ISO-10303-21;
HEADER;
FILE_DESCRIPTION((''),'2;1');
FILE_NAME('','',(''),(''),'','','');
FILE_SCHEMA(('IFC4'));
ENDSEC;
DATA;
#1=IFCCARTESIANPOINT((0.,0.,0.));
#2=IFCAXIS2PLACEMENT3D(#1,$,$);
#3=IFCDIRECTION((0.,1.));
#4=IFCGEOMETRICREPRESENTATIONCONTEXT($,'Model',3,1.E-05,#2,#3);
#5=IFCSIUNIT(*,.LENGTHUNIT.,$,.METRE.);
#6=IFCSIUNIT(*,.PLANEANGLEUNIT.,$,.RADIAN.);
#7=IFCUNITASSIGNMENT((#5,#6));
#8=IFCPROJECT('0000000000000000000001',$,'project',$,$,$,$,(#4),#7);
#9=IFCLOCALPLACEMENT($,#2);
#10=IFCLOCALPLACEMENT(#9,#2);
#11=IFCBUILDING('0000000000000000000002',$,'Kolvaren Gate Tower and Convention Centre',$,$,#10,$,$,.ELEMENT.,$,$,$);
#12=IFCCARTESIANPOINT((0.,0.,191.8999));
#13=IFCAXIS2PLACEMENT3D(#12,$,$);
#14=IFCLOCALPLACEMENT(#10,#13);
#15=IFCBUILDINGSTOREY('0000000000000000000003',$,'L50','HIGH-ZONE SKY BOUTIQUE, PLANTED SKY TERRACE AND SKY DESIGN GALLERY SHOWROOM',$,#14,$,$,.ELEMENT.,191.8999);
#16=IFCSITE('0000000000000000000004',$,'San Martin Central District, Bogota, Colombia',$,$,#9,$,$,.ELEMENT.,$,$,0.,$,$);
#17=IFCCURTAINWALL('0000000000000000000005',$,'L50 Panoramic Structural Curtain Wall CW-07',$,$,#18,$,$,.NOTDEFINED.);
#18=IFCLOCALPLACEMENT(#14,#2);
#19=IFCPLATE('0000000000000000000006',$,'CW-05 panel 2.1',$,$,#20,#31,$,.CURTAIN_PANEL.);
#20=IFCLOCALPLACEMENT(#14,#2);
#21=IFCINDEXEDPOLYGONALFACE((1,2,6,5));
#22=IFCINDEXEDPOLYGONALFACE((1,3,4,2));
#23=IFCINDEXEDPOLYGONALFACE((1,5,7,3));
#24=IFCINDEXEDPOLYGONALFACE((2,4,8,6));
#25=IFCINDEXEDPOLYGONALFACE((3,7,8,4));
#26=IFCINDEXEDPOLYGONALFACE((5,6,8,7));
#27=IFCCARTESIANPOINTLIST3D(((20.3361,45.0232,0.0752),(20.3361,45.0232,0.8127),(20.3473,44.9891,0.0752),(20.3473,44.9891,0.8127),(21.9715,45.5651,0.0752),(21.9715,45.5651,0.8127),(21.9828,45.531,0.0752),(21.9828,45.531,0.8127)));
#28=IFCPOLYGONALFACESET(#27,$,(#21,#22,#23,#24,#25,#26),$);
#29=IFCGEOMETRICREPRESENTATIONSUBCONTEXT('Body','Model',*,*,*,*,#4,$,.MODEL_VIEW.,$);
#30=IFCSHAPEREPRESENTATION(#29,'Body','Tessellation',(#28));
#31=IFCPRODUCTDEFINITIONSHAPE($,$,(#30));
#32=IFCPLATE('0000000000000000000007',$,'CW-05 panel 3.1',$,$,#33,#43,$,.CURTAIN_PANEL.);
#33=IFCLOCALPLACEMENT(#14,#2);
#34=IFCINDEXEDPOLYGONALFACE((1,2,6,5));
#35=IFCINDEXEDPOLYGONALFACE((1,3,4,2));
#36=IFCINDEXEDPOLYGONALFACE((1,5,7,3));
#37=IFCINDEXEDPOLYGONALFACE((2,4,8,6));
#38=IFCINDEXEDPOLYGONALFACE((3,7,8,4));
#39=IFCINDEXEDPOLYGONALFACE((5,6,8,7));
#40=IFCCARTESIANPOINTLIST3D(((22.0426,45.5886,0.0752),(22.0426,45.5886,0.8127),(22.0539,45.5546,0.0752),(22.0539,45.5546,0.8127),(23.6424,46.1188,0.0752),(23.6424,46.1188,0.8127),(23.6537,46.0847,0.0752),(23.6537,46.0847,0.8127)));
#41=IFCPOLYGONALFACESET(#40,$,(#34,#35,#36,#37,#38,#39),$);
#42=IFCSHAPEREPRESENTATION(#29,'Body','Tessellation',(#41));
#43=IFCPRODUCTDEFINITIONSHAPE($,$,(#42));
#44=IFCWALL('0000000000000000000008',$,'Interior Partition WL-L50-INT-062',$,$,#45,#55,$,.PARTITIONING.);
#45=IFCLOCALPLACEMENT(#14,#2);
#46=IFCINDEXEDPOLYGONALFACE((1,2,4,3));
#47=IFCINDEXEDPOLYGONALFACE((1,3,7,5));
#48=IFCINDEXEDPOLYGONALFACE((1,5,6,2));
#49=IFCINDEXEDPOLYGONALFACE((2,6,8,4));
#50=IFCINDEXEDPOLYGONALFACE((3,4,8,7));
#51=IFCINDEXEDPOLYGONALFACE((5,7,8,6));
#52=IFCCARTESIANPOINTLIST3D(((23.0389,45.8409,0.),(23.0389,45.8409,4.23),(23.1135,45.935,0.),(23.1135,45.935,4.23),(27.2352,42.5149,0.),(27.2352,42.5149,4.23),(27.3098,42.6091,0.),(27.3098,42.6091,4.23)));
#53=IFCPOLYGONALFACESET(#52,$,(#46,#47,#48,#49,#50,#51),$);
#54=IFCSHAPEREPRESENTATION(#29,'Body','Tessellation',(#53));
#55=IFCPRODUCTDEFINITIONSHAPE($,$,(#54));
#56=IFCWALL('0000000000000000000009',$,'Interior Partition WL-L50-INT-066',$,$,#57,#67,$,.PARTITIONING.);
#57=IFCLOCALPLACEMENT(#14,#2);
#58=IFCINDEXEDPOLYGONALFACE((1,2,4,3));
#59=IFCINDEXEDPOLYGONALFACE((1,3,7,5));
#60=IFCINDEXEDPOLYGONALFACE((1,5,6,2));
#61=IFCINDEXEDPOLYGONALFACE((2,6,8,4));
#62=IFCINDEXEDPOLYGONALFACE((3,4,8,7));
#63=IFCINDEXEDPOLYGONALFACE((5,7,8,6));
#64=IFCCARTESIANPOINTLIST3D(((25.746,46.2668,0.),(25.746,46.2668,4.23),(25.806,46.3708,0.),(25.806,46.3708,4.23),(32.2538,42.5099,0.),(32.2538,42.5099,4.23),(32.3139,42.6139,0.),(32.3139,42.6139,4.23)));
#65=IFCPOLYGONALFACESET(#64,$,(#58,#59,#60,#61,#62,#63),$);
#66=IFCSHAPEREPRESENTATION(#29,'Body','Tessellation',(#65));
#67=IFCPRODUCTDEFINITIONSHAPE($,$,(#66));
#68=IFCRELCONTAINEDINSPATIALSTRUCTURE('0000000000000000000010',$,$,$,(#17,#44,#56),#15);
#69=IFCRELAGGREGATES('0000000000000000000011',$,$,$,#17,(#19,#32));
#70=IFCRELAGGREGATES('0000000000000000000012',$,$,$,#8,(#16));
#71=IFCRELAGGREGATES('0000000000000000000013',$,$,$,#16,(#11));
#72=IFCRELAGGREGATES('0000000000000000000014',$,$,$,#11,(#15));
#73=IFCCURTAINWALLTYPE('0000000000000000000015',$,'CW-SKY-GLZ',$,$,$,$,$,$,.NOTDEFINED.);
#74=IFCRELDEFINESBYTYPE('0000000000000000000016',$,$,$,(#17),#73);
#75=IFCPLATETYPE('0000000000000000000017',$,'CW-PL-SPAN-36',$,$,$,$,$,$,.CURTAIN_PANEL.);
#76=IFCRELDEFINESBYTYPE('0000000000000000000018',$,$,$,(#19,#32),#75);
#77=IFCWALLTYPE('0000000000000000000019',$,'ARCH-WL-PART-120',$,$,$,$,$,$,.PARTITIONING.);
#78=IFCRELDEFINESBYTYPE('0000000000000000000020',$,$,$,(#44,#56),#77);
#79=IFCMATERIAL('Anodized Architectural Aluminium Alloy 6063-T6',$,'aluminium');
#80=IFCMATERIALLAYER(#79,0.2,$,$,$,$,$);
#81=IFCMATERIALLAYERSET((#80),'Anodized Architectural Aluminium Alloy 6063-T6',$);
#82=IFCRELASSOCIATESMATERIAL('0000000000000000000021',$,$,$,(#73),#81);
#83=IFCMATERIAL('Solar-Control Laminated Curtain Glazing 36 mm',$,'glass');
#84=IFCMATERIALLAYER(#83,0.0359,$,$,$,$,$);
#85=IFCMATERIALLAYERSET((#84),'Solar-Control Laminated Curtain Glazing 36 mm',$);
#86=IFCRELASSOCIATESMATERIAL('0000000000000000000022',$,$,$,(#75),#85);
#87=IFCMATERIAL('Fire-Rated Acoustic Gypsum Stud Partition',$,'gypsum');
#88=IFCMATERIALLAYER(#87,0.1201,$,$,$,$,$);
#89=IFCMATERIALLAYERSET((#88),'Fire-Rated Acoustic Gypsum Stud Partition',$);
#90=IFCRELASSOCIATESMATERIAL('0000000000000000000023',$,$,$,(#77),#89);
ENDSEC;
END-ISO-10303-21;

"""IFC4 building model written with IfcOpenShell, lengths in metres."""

from ifc_helpers import new_model, si_unit, direction, frame, frame_2d, origin, origin_2d, place, context, subcontext, project, spatial, rectangle, extrude, material, layer, layer_set, type_object, element, aggregate, save


model = new_model("IFC4")

# Units and contexts
model_context = context("Model", 3, precision=1e-05, world=origin(), true_north=direction((0.0, 1.0)))
body_context = subcontext(model_context, "Body", "Model", "MODEL_VIEW")
ifc_project = project(units=[si_unit("LENGTHUNIT", "METRE"), si_unit("PLANEANGLEUNIT", "RADIAN")], contexts=[model_context])

# Site, building, storey
site_placement = place(None, origin())
site = spatial("IfcSite", under=ifc_project, at=site_placement, Name="San Martin Central District, Bogota, Colombia", CompositionType="ELEMENT", RefElevation=0.0)
building_placement = place(site_placement, origin())
building = spatial("IfcBuilding", under=site, at=building_placement, Name="Kolvaren Gate Tower and Convention Centre", CompositionType="ELEMENT")
storey_placement = place(building_placement, frame((0.0, 0.0, 191.8999)))
storey = spatial("IfcBuildingStorey", under=building, at=storey_placement, Name="L50", Description="HIGH-ZONE SKY BOUTIQUE, PLANTED SKY TERRACE AND SKY DESIGN GALLERY SHOWROOM", CompositionType="ELEMENT", Elevation=191.8999)

# Curtain wall
ifc_material_1 = material(Name="Anodized Architectural Aluminium Alloy 6063-T6", Category="aluminium")
ifc_layer_1 = layer(ifc_material_1, 0.2)
ifc_layer_set_1 = layer_set([ifc_layer_1], Name="Anodized Architectural Aluminium Alloy 6063-T6")
curtain_wall_type = type_object("IfcCurtainWallType", Name="CW-SKY-GLZ", PredefinedType="NOTDEFINED", material=ifc_layer_set_1)
curtain_wall_1_placement = place(storey_placement, origin())
curtain_wall_1 = element("IfcCurtainWall", 1, at=curtain_wall_1_placement, inside=storey, type_object=curtain_wall_type, Name="L50 Panoramic Structural Curtain Wall CW-07", PredefinedType="NOTDEFINED")

# Plates
ifc_material_2 = material(Name="Solar-Control Laminated Curtain Glazing 36 mm", Category="glass")
ifc_layer_2 = layer(ifc_material_2, 0.0359)
ifc_layer_set_2 = layer_set([ifc_layer_2], Name="Solar-Control Laminated Curtain Glazing 36 mm")
plate_type_1 = type_object("IfcPlateType", Name="CW-PL-SPAN-36", PredefinedType="CURTAIN_PANEL", material=ifc_layer_set_2)
plate_1_placement = place(storey_placement, frame((21.1594, 45.2771, 0.0752), z_axis=(0.0, 0.0, 1.0), x_axis=(0.94924, 0.314553, 0.0)))
plate_1 = element("IfcPlate", 2, at=plate_1_placement, type_object=plate_type_1, Name="CW-05 panel 2.1", PredefinedType="CURTAIN_PANEL", context=body_context, shape_type="SweptSolid", body=[
    extrude(rectangle(XDim=1.7229, YDim=0.0359, at=origin_2d()), origin(), (0.0, 0.0, 1.0), 0.7375),
])
plate_2_placement = place(storey_placement, frame((22.8481, 45.8367, 0.0752), z_axis=(0.0, 0.0, 1.0), x_axis=(0.94924, 0.314553, 0.0)))
plate_2 = element("IfcPlate", 3, at=plate_2_placement, type_object=plate_type_1, Name="CW-05 panel 3.1", PredefinedType="CURTAIN_PANEL", context=body_context, shape_type="SweptSolid", body=[
    extrude(rectangle(XDim=1.6853, YDim=0.0359, at=origin_2d()), origin(), (0.0, 0.0, 1.0), 0.7375),
])
aggregate(curtain_wall_1, [plate_1, plate_2])

# Walls
ifc_material_3 = material(Name="Fire-Rated Acoustic Gypsum Stud Partition", Category="gypsum")
ifc_layer_3 = layer(ifc_material_3, 0.1201)
ifc_layer_set_3 = layer_set([ifc_layer_3], Name="Fire-Rated Acoustic Gypsum Stud Partition")
wall_type = type_object("IfcWallType", Name="ARCH-WL-PART-120", PredefinedType="PARTITIONING", material=ifc_layer_set_3)
wall_1_placement = place(storey_placement, frame((23.0762, 45.8879, 0.0), z_axis=(0.0, 0.0, 1.0), x_axis=(0.783694, -0.621147, 0.0)))
element("IfcWall", 4, at=wall_1_placement, inside=storey, type_object=wall_type, Name="Interior Partition WL-L50-INT-062", PredefinedType="PARTITIONING", context=body_context, shape_type="SweptSolid", body=[
    extrude(rectangle(XDim=5.3545, YDim=0.1201, at=frame_2d((2.6772, 0.0))), origin(), (0.0, 0.0, 1.0), 4.23),
])
wall_2_placement = place(storey_placement, frame((25.7759, 46.3188, 0.0), z_axis=(0.0, 0.0, 1.0), x_axis=(0.866051, -0.499955, 0.0)))
element("IfcWall", 5, at=wall_2_placement, inside=storey, type_object=wall_type, Name="Interior Partition WL-L50-INT-066", PredefinedType="PARTITIONING", context=body_context, shape_type="SweptSolid", body=[
    extrude(rectangle(XDim=7.5144, YDim=0.1201, at=frame_2d((3.7573, 0.0))), origin(), (0.0, 0.0, 1.0), 4.23),
])

save(model, "model.ifc")
